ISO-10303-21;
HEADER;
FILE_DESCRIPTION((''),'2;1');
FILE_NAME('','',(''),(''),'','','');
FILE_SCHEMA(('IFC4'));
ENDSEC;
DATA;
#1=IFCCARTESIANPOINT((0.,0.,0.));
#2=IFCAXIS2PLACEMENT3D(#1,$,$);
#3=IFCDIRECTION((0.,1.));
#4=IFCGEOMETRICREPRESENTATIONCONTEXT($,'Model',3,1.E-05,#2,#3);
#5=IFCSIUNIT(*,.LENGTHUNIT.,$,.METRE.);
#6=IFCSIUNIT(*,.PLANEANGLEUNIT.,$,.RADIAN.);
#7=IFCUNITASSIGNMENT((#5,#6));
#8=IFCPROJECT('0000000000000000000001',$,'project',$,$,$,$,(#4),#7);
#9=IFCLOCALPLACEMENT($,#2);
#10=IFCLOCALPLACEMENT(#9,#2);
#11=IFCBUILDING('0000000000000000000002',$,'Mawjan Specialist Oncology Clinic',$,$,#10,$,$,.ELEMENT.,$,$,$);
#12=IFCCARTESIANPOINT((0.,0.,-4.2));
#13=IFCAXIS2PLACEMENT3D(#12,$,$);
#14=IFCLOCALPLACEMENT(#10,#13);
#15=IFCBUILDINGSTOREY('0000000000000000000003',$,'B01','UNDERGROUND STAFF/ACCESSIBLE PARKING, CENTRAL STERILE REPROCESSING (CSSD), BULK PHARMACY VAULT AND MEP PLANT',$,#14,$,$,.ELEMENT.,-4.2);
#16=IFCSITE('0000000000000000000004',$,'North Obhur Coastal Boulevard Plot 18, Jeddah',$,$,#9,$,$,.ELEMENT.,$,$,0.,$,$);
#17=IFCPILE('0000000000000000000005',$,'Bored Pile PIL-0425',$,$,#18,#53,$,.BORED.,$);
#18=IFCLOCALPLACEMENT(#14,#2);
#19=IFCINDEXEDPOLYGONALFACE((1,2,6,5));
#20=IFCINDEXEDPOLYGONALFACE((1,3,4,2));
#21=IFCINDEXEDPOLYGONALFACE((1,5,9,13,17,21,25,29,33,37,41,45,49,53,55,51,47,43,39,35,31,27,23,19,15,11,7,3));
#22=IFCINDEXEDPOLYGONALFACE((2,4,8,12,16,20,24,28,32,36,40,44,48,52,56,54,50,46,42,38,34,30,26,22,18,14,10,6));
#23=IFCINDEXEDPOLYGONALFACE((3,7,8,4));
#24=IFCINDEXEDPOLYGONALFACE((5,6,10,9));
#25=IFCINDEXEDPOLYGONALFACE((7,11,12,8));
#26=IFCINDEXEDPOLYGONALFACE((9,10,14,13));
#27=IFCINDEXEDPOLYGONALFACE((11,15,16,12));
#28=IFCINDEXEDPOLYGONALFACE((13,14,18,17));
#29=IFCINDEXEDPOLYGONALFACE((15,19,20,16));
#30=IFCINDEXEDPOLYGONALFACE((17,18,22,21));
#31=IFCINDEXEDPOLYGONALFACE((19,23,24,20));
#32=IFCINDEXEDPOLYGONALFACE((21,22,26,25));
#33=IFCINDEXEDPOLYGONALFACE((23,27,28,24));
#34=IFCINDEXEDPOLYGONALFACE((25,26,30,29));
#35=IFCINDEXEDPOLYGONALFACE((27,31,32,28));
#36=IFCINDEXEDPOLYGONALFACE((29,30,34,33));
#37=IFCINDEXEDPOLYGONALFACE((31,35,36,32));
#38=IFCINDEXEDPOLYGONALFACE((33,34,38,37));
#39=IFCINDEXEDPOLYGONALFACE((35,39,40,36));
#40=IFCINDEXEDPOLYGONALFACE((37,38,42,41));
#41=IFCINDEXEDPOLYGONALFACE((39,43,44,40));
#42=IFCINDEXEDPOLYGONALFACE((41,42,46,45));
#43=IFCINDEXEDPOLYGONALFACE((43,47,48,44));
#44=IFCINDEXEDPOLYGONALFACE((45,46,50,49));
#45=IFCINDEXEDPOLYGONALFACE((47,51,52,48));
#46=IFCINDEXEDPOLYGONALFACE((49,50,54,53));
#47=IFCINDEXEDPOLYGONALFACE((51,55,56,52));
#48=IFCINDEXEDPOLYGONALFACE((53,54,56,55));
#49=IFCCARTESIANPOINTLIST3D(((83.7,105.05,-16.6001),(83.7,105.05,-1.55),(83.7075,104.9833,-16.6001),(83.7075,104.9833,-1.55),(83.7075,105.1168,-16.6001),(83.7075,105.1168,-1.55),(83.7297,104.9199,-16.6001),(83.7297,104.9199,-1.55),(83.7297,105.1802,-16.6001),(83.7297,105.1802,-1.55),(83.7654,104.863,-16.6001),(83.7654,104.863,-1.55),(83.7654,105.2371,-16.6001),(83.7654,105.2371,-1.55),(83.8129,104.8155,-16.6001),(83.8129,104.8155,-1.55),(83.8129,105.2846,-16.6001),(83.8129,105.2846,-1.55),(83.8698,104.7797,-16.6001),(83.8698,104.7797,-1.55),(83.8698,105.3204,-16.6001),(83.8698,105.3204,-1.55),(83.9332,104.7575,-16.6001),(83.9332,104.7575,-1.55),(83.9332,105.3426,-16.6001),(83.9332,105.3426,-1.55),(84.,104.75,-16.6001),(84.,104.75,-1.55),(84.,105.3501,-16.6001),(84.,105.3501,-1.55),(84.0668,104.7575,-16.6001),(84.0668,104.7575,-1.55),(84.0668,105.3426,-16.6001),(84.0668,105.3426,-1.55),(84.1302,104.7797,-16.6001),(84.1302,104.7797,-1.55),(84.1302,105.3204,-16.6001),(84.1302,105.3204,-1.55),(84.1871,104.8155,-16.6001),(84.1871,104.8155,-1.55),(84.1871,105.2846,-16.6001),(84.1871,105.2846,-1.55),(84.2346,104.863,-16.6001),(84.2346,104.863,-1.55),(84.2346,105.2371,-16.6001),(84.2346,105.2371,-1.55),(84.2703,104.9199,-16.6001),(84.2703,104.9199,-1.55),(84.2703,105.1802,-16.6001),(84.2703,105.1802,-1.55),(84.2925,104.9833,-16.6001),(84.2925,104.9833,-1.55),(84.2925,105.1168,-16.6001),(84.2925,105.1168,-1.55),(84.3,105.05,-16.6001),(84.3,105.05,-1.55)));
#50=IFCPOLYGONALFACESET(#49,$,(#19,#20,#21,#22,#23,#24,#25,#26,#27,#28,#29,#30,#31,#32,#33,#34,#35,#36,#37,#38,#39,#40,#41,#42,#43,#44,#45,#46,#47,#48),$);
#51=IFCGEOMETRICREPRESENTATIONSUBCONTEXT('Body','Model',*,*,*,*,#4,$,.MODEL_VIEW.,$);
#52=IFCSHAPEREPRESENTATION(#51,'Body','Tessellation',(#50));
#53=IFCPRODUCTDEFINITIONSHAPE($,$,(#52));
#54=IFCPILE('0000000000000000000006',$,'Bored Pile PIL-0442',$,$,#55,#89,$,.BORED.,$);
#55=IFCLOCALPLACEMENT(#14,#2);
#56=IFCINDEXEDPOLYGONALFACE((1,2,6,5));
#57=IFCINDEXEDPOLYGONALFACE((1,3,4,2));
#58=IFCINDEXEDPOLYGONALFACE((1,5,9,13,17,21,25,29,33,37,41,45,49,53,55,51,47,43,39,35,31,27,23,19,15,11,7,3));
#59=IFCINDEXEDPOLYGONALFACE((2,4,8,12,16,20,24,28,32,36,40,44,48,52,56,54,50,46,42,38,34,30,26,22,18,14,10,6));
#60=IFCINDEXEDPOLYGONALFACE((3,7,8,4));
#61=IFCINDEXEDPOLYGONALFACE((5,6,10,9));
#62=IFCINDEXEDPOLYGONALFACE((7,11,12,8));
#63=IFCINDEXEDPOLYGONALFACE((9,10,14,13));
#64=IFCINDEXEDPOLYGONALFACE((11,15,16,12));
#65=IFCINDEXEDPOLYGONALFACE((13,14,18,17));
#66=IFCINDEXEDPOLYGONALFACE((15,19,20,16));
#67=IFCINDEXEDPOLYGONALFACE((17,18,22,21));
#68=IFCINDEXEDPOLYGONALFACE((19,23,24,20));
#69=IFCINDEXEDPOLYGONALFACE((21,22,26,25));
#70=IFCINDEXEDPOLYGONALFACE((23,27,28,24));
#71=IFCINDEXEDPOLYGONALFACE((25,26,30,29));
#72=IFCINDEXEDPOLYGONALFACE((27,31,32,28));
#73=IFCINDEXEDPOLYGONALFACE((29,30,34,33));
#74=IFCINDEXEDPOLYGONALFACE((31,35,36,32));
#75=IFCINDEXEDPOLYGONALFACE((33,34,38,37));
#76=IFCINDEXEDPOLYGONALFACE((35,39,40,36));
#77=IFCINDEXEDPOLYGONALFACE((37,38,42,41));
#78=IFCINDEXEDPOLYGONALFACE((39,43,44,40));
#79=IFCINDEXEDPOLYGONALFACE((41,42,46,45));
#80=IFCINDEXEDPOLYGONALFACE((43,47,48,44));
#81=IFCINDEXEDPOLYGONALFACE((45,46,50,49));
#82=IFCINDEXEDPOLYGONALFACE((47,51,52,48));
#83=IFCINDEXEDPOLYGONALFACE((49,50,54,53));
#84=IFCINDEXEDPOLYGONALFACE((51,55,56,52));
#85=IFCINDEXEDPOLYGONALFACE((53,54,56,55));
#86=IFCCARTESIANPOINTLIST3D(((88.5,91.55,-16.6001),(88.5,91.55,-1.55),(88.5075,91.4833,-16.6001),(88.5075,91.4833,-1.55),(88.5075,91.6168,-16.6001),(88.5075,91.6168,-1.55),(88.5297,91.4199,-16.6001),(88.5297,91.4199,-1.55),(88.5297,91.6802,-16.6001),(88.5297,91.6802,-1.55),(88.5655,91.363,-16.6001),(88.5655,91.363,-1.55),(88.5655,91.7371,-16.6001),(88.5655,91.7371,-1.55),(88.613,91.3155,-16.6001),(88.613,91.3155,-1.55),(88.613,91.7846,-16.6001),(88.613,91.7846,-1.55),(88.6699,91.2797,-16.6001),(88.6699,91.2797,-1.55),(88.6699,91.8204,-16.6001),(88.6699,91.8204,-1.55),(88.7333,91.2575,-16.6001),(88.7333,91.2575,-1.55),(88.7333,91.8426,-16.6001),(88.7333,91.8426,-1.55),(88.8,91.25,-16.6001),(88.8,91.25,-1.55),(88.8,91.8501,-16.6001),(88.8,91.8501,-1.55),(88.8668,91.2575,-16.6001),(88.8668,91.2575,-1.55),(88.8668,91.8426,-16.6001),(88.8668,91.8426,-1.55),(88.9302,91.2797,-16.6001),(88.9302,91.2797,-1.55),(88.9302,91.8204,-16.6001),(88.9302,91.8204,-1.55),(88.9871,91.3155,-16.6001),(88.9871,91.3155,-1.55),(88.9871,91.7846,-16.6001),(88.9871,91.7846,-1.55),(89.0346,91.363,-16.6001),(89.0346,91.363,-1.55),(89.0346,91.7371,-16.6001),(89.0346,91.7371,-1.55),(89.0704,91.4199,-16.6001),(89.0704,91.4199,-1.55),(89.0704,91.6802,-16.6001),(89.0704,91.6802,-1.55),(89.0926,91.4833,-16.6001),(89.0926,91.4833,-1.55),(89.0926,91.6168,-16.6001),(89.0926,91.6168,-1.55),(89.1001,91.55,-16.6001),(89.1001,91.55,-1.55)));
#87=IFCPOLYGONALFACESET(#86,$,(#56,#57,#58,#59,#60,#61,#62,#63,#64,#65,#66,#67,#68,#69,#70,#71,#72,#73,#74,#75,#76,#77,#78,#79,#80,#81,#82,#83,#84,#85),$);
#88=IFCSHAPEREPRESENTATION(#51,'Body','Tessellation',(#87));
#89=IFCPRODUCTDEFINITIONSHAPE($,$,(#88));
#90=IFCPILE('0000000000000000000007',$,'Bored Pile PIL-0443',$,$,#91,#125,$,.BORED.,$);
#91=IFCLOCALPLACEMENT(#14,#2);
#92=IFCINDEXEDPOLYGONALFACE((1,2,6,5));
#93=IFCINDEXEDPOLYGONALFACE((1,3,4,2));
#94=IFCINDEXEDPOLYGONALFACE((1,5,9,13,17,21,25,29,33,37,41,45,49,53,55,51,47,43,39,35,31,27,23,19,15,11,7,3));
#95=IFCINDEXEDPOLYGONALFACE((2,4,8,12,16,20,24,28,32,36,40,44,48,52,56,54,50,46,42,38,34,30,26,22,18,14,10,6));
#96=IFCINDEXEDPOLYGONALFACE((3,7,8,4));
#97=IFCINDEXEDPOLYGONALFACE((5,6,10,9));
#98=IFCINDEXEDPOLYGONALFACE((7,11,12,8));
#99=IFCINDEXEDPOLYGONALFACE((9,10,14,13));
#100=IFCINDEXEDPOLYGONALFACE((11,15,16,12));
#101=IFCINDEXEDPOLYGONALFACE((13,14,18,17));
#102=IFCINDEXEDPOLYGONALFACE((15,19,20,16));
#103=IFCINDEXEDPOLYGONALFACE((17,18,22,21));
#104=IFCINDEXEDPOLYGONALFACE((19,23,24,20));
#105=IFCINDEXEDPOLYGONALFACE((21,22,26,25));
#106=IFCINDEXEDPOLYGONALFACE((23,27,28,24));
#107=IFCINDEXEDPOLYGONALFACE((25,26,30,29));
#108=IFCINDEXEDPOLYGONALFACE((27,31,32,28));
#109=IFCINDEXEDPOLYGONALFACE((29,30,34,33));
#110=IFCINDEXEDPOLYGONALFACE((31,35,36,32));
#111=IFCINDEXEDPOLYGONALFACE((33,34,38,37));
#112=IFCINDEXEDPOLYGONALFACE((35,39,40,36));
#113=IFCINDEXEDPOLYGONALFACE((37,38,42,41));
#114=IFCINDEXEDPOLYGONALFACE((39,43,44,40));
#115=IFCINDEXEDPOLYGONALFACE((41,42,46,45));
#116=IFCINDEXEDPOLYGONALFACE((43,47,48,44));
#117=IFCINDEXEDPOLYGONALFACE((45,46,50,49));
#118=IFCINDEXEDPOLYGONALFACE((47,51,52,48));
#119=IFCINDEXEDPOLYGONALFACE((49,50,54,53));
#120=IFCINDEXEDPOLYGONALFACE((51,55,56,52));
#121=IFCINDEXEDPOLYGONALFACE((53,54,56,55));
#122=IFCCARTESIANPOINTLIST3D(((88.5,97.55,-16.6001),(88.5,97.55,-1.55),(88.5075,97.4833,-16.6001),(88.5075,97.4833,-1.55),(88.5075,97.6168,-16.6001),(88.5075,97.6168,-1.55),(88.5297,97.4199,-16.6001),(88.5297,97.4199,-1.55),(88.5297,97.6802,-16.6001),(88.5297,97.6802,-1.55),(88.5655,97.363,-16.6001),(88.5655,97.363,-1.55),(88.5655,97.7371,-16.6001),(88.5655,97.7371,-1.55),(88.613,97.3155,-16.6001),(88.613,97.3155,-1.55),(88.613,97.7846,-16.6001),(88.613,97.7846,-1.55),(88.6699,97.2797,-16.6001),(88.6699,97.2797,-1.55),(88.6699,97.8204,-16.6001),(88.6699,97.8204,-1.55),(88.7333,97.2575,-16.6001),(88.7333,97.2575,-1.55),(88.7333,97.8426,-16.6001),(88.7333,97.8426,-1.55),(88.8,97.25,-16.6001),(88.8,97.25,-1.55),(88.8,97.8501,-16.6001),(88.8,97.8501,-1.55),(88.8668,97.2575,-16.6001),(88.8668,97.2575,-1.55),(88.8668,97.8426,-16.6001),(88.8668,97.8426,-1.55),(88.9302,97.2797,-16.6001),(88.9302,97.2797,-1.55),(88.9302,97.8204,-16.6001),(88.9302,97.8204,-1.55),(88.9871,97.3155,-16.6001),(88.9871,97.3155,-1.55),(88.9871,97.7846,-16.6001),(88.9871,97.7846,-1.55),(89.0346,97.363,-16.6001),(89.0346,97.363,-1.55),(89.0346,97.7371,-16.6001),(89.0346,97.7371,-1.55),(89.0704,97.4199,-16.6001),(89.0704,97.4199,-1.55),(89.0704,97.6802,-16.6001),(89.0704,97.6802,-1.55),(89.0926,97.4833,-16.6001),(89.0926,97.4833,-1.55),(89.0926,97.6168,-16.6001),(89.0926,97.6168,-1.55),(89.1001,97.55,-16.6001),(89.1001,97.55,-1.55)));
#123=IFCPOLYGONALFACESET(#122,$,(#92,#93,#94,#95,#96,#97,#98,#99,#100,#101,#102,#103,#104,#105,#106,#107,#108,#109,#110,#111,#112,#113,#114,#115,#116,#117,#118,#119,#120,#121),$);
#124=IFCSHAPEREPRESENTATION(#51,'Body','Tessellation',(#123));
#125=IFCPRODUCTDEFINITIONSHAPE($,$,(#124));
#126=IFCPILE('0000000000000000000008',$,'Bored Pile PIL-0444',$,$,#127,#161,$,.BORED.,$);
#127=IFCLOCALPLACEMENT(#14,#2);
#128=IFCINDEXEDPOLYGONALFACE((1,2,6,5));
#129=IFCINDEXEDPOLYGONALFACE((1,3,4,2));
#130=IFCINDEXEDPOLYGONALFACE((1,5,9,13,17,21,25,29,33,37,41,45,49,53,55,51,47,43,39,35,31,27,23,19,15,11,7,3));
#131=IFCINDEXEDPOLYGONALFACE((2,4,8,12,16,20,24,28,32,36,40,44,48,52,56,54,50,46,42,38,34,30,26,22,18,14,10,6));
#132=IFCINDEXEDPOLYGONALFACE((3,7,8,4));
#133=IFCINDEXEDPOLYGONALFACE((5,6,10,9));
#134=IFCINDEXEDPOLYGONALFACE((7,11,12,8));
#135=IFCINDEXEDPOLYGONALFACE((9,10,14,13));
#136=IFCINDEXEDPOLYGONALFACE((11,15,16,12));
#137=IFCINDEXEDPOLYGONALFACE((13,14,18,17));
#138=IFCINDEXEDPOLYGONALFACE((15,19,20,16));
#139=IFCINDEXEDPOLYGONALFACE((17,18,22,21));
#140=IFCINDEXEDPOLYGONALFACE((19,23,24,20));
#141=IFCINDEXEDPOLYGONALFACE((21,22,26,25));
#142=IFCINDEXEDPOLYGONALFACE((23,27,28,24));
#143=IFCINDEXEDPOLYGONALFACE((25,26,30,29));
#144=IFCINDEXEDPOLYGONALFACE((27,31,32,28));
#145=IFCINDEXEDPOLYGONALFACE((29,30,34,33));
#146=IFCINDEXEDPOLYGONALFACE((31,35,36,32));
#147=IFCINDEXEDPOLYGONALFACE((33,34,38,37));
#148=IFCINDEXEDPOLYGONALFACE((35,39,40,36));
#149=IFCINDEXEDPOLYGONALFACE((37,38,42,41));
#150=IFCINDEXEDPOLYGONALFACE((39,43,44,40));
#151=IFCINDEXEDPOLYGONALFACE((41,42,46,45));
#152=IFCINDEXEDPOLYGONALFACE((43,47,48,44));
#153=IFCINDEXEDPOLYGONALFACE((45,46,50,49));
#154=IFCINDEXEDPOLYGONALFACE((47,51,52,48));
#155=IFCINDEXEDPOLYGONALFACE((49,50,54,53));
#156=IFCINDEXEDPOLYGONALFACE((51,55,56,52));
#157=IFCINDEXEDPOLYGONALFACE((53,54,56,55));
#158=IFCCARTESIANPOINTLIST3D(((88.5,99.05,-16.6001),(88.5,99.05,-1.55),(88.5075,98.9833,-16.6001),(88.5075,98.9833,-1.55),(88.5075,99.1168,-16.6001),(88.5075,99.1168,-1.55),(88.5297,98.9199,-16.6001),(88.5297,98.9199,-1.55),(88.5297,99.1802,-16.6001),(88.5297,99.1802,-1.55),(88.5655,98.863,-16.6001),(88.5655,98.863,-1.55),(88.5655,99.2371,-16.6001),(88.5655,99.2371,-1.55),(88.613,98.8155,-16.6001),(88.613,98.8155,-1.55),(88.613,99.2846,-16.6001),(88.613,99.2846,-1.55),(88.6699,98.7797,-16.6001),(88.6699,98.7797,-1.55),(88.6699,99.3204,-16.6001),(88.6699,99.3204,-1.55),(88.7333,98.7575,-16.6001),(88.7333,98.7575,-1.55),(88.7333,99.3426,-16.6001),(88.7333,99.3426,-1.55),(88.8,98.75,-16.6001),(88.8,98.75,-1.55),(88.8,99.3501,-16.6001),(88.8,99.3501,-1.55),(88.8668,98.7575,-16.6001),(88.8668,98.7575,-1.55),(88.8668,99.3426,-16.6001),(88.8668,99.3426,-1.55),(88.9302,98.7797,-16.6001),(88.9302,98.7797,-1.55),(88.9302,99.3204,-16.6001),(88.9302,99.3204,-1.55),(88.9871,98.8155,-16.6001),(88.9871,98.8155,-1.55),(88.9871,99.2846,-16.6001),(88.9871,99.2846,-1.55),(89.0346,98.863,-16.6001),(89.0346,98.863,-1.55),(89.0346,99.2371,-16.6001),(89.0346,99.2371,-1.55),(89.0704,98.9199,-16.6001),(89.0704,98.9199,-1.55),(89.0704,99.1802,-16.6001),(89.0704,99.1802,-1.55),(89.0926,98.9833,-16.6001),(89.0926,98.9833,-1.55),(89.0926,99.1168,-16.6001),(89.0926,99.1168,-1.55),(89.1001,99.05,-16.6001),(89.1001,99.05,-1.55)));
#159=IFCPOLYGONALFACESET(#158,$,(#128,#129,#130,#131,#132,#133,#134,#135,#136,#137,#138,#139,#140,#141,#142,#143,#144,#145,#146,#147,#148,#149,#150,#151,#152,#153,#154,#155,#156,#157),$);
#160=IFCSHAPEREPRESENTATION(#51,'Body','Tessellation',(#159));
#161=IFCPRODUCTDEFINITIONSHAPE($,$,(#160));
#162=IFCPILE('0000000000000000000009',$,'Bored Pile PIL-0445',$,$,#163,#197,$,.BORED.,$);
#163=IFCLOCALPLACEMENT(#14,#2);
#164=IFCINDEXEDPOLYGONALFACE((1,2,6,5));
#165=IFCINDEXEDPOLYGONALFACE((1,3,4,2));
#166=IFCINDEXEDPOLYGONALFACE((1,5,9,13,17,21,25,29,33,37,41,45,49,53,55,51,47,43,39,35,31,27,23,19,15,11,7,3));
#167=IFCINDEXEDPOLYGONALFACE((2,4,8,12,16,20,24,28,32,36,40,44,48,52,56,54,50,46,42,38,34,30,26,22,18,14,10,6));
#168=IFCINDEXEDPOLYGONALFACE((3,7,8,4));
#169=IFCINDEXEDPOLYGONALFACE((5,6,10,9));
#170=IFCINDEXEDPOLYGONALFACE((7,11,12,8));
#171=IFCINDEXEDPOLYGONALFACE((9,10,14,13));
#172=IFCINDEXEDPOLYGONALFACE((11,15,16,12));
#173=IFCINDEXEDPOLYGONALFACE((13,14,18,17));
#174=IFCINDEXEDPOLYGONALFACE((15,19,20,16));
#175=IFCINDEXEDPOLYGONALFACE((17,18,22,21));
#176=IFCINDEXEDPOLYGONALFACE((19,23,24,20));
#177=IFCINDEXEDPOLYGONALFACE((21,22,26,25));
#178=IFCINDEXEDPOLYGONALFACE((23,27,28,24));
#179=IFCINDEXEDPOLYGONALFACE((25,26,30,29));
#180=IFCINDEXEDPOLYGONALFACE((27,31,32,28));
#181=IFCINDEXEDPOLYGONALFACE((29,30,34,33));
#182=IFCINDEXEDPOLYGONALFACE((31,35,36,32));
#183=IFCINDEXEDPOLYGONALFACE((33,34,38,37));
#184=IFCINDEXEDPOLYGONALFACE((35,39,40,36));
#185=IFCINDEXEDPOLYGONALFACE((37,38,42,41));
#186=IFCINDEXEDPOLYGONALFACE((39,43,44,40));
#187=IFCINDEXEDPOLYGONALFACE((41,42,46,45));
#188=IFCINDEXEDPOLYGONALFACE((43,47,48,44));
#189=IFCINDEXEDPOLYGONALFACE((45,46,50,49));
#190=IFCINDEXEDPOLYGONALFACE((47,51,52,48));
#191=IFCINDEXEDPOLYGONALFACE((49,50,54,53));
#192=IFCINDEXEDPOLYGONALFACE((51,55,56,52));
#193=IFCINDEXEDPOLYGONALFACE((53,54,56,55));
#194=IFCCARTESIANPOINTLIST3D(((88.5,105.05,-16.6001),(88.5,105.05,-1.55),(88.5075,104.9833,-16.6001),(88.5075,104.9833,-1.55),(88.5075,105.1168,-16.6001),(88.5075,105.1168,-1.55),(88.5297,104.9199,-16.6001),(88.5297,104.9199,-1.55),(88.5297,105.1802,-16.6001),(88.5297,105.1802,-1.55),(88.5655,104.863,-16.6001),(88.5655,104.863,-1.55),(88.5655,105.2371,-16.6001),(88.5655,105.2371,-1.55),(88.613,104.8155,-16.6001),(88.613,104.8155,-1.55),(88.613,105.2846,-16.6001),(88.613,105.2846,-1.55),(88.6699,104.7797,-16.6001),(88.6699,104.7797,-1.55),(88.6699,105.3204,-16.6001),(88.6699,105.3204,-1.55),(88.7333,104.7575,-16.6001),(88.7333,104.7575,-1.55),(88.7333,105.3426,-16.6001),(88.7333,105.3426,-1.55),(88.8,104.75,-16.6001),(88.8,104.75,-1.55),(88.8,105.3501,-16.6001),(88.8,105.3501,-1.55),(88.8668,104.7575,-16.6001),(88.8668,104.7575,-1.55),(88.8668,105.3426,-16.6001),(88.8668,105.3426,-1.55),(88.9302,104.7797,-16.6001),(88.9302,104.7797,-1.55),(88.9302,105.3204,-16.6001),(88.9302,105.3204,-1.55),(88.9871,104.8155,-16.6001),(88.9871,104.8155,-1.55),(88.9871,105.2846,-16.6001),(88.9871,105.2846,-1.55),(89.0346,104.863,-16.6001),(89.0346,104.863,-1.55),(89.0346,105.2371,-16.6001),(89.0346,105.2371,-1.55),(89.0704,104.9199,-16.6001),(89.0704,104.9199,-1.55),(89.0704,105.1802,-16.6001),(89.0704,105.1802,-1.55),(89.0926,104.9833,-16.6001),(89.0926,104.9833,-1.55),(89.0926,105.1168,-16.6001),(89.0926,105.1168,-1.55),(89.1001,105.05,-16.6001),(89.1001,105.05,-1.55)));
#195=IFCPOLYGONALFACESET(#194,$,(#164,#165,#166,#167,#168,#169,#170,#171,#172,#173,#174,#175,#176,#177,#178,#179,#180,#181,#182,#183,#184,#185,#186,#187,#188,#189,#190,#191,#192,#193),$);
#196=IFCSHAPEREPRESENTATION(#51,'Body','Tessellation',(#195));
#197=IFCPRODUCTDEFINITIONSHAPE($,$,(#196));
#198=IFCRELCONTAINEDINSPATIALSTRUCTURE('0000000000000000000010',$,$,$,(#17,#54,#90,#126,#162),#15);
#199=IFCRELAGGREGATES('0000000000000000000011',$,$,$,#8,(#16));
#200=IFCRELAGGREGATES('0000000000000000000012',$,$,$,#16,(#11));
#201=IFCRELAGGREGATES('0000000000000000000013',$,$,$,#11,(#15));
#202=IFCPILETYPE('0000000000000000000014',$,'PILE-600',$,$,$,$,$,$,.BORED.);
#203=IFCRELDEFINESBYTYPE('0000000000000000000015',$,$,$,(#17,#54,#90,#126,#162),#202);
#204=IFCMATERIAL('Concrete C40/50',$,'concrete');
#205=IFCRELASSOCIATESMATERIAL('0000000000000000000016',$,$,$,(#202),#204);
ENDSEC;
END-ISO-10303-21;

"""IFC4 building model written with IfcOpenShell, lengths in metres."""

from ifc_helpers import new_model, si_unit, direction, frame, origin, origin_2d, place, context, subcontext, project, spatial, circle, extrude, material, material_profile, profile_set, type_object, element, save


model = new_model("IFC4")

# Units and contexts
model_context = context("Model", 3, precision=1e-05, world=origin(), true_north=direction((0.0, 1.0)))
body_context = subcontext(model_context, "Body", "Model", "MODEL_VIEW")
ifc_project = project(units=[si_unit("LENGTHUNIT", "METRE"), si_unit("PLANEANGLEUNIT", "RADIAN")], contexts=[model_context])

# Site, building, storey
site_placement = place(None, origin())
site = spatial("IfcSite", under=ifc_project, at=site_placement, Name="North Obhur Coastal Boulevard Plot 18, Jeddah", CompositionType="ELEMENT", RefElevation=0.0)
building_placement = place(site_placement, origin())
building = spatial("IfcBuilding", under=site, at=building_placement, Name="Mawjan Specialist Oncology Clinic", CompositionType="ELEMENT")
storey_placement = place(building_placement, frame((0.0, 0.0, -4.2)))
storey = spatial("IfcBuildingStorey", under=building, at=storey_placement, Name="B01", Description="UNDERGROUND STAFF/ACCESSIBLE PARKING, CENTRAL STERILE REPROCESSING (CSSD), BULK PHARMACY VAULT AND MEP PLANT", CompositionType="ELEMENT", Elevation=-4.2)

# Piles
ifc_material_1 = material(Name="Concrete C40/50", Category="concrete")
ifc_material_profile_1 = material_profile(ifc_material_1, circle(Radius=0.3, at=origin_2d()), Name="BORED PILE D600", Category="concrete")
ifc_profile_set_1 = profile_set([ifc_material_profile_1], Name="Concrete C40/50")
pile_type = type_object("IfcPileType", Name="PILE-600", PredefinedType="BORED", material=ifc_profile_set_1)
for number, where, z_axis, x_axis, name in (
    (1, (84.0, 105.05, -1.55), (0.0, 0.0, -1.0), (1.0, 0.0, 0.0), "Bored Pile PIL-0425"),
    (2, (88.8, 91.55, -1.55), (0.0, 0.0, -1.0), (1.0, 0.0, 0.0), "Bored Pile PIL-0442"),
    (3, (88.8, 97.55, -1.55), (0.0, 0.0, -1.0), (1.0, 0.0, 0.0), "Bored Pile PIL-0443"),
    (4, (88.8, 99.05, -1.55), (0.0, 0.0, -1.0), (1.0, 0.0, 0.0), "Bored Pile PIL-0444"),
    (5, (88.8, 105.05, -1.55), (0.0, 0.0, -1.0), (1.0, 0.0, 0.0), "Bored Pile PIL-0445"),
):
    element("IfcPile", number, at=place(storey_placement, frame(where, z_axis=z_axis, x_axis=x_axis)), inside=storey, type_object=pile_type, Name=name, PredefinedType="BORED", context=body_context, shape_type="SweptSolid", body=[
        extrude(circle(Radius=0.3, at=origin_2d()), origin(), (0.0, 0.0, 1.0), 15.05),
    ])

save(model, "model.ifc")
